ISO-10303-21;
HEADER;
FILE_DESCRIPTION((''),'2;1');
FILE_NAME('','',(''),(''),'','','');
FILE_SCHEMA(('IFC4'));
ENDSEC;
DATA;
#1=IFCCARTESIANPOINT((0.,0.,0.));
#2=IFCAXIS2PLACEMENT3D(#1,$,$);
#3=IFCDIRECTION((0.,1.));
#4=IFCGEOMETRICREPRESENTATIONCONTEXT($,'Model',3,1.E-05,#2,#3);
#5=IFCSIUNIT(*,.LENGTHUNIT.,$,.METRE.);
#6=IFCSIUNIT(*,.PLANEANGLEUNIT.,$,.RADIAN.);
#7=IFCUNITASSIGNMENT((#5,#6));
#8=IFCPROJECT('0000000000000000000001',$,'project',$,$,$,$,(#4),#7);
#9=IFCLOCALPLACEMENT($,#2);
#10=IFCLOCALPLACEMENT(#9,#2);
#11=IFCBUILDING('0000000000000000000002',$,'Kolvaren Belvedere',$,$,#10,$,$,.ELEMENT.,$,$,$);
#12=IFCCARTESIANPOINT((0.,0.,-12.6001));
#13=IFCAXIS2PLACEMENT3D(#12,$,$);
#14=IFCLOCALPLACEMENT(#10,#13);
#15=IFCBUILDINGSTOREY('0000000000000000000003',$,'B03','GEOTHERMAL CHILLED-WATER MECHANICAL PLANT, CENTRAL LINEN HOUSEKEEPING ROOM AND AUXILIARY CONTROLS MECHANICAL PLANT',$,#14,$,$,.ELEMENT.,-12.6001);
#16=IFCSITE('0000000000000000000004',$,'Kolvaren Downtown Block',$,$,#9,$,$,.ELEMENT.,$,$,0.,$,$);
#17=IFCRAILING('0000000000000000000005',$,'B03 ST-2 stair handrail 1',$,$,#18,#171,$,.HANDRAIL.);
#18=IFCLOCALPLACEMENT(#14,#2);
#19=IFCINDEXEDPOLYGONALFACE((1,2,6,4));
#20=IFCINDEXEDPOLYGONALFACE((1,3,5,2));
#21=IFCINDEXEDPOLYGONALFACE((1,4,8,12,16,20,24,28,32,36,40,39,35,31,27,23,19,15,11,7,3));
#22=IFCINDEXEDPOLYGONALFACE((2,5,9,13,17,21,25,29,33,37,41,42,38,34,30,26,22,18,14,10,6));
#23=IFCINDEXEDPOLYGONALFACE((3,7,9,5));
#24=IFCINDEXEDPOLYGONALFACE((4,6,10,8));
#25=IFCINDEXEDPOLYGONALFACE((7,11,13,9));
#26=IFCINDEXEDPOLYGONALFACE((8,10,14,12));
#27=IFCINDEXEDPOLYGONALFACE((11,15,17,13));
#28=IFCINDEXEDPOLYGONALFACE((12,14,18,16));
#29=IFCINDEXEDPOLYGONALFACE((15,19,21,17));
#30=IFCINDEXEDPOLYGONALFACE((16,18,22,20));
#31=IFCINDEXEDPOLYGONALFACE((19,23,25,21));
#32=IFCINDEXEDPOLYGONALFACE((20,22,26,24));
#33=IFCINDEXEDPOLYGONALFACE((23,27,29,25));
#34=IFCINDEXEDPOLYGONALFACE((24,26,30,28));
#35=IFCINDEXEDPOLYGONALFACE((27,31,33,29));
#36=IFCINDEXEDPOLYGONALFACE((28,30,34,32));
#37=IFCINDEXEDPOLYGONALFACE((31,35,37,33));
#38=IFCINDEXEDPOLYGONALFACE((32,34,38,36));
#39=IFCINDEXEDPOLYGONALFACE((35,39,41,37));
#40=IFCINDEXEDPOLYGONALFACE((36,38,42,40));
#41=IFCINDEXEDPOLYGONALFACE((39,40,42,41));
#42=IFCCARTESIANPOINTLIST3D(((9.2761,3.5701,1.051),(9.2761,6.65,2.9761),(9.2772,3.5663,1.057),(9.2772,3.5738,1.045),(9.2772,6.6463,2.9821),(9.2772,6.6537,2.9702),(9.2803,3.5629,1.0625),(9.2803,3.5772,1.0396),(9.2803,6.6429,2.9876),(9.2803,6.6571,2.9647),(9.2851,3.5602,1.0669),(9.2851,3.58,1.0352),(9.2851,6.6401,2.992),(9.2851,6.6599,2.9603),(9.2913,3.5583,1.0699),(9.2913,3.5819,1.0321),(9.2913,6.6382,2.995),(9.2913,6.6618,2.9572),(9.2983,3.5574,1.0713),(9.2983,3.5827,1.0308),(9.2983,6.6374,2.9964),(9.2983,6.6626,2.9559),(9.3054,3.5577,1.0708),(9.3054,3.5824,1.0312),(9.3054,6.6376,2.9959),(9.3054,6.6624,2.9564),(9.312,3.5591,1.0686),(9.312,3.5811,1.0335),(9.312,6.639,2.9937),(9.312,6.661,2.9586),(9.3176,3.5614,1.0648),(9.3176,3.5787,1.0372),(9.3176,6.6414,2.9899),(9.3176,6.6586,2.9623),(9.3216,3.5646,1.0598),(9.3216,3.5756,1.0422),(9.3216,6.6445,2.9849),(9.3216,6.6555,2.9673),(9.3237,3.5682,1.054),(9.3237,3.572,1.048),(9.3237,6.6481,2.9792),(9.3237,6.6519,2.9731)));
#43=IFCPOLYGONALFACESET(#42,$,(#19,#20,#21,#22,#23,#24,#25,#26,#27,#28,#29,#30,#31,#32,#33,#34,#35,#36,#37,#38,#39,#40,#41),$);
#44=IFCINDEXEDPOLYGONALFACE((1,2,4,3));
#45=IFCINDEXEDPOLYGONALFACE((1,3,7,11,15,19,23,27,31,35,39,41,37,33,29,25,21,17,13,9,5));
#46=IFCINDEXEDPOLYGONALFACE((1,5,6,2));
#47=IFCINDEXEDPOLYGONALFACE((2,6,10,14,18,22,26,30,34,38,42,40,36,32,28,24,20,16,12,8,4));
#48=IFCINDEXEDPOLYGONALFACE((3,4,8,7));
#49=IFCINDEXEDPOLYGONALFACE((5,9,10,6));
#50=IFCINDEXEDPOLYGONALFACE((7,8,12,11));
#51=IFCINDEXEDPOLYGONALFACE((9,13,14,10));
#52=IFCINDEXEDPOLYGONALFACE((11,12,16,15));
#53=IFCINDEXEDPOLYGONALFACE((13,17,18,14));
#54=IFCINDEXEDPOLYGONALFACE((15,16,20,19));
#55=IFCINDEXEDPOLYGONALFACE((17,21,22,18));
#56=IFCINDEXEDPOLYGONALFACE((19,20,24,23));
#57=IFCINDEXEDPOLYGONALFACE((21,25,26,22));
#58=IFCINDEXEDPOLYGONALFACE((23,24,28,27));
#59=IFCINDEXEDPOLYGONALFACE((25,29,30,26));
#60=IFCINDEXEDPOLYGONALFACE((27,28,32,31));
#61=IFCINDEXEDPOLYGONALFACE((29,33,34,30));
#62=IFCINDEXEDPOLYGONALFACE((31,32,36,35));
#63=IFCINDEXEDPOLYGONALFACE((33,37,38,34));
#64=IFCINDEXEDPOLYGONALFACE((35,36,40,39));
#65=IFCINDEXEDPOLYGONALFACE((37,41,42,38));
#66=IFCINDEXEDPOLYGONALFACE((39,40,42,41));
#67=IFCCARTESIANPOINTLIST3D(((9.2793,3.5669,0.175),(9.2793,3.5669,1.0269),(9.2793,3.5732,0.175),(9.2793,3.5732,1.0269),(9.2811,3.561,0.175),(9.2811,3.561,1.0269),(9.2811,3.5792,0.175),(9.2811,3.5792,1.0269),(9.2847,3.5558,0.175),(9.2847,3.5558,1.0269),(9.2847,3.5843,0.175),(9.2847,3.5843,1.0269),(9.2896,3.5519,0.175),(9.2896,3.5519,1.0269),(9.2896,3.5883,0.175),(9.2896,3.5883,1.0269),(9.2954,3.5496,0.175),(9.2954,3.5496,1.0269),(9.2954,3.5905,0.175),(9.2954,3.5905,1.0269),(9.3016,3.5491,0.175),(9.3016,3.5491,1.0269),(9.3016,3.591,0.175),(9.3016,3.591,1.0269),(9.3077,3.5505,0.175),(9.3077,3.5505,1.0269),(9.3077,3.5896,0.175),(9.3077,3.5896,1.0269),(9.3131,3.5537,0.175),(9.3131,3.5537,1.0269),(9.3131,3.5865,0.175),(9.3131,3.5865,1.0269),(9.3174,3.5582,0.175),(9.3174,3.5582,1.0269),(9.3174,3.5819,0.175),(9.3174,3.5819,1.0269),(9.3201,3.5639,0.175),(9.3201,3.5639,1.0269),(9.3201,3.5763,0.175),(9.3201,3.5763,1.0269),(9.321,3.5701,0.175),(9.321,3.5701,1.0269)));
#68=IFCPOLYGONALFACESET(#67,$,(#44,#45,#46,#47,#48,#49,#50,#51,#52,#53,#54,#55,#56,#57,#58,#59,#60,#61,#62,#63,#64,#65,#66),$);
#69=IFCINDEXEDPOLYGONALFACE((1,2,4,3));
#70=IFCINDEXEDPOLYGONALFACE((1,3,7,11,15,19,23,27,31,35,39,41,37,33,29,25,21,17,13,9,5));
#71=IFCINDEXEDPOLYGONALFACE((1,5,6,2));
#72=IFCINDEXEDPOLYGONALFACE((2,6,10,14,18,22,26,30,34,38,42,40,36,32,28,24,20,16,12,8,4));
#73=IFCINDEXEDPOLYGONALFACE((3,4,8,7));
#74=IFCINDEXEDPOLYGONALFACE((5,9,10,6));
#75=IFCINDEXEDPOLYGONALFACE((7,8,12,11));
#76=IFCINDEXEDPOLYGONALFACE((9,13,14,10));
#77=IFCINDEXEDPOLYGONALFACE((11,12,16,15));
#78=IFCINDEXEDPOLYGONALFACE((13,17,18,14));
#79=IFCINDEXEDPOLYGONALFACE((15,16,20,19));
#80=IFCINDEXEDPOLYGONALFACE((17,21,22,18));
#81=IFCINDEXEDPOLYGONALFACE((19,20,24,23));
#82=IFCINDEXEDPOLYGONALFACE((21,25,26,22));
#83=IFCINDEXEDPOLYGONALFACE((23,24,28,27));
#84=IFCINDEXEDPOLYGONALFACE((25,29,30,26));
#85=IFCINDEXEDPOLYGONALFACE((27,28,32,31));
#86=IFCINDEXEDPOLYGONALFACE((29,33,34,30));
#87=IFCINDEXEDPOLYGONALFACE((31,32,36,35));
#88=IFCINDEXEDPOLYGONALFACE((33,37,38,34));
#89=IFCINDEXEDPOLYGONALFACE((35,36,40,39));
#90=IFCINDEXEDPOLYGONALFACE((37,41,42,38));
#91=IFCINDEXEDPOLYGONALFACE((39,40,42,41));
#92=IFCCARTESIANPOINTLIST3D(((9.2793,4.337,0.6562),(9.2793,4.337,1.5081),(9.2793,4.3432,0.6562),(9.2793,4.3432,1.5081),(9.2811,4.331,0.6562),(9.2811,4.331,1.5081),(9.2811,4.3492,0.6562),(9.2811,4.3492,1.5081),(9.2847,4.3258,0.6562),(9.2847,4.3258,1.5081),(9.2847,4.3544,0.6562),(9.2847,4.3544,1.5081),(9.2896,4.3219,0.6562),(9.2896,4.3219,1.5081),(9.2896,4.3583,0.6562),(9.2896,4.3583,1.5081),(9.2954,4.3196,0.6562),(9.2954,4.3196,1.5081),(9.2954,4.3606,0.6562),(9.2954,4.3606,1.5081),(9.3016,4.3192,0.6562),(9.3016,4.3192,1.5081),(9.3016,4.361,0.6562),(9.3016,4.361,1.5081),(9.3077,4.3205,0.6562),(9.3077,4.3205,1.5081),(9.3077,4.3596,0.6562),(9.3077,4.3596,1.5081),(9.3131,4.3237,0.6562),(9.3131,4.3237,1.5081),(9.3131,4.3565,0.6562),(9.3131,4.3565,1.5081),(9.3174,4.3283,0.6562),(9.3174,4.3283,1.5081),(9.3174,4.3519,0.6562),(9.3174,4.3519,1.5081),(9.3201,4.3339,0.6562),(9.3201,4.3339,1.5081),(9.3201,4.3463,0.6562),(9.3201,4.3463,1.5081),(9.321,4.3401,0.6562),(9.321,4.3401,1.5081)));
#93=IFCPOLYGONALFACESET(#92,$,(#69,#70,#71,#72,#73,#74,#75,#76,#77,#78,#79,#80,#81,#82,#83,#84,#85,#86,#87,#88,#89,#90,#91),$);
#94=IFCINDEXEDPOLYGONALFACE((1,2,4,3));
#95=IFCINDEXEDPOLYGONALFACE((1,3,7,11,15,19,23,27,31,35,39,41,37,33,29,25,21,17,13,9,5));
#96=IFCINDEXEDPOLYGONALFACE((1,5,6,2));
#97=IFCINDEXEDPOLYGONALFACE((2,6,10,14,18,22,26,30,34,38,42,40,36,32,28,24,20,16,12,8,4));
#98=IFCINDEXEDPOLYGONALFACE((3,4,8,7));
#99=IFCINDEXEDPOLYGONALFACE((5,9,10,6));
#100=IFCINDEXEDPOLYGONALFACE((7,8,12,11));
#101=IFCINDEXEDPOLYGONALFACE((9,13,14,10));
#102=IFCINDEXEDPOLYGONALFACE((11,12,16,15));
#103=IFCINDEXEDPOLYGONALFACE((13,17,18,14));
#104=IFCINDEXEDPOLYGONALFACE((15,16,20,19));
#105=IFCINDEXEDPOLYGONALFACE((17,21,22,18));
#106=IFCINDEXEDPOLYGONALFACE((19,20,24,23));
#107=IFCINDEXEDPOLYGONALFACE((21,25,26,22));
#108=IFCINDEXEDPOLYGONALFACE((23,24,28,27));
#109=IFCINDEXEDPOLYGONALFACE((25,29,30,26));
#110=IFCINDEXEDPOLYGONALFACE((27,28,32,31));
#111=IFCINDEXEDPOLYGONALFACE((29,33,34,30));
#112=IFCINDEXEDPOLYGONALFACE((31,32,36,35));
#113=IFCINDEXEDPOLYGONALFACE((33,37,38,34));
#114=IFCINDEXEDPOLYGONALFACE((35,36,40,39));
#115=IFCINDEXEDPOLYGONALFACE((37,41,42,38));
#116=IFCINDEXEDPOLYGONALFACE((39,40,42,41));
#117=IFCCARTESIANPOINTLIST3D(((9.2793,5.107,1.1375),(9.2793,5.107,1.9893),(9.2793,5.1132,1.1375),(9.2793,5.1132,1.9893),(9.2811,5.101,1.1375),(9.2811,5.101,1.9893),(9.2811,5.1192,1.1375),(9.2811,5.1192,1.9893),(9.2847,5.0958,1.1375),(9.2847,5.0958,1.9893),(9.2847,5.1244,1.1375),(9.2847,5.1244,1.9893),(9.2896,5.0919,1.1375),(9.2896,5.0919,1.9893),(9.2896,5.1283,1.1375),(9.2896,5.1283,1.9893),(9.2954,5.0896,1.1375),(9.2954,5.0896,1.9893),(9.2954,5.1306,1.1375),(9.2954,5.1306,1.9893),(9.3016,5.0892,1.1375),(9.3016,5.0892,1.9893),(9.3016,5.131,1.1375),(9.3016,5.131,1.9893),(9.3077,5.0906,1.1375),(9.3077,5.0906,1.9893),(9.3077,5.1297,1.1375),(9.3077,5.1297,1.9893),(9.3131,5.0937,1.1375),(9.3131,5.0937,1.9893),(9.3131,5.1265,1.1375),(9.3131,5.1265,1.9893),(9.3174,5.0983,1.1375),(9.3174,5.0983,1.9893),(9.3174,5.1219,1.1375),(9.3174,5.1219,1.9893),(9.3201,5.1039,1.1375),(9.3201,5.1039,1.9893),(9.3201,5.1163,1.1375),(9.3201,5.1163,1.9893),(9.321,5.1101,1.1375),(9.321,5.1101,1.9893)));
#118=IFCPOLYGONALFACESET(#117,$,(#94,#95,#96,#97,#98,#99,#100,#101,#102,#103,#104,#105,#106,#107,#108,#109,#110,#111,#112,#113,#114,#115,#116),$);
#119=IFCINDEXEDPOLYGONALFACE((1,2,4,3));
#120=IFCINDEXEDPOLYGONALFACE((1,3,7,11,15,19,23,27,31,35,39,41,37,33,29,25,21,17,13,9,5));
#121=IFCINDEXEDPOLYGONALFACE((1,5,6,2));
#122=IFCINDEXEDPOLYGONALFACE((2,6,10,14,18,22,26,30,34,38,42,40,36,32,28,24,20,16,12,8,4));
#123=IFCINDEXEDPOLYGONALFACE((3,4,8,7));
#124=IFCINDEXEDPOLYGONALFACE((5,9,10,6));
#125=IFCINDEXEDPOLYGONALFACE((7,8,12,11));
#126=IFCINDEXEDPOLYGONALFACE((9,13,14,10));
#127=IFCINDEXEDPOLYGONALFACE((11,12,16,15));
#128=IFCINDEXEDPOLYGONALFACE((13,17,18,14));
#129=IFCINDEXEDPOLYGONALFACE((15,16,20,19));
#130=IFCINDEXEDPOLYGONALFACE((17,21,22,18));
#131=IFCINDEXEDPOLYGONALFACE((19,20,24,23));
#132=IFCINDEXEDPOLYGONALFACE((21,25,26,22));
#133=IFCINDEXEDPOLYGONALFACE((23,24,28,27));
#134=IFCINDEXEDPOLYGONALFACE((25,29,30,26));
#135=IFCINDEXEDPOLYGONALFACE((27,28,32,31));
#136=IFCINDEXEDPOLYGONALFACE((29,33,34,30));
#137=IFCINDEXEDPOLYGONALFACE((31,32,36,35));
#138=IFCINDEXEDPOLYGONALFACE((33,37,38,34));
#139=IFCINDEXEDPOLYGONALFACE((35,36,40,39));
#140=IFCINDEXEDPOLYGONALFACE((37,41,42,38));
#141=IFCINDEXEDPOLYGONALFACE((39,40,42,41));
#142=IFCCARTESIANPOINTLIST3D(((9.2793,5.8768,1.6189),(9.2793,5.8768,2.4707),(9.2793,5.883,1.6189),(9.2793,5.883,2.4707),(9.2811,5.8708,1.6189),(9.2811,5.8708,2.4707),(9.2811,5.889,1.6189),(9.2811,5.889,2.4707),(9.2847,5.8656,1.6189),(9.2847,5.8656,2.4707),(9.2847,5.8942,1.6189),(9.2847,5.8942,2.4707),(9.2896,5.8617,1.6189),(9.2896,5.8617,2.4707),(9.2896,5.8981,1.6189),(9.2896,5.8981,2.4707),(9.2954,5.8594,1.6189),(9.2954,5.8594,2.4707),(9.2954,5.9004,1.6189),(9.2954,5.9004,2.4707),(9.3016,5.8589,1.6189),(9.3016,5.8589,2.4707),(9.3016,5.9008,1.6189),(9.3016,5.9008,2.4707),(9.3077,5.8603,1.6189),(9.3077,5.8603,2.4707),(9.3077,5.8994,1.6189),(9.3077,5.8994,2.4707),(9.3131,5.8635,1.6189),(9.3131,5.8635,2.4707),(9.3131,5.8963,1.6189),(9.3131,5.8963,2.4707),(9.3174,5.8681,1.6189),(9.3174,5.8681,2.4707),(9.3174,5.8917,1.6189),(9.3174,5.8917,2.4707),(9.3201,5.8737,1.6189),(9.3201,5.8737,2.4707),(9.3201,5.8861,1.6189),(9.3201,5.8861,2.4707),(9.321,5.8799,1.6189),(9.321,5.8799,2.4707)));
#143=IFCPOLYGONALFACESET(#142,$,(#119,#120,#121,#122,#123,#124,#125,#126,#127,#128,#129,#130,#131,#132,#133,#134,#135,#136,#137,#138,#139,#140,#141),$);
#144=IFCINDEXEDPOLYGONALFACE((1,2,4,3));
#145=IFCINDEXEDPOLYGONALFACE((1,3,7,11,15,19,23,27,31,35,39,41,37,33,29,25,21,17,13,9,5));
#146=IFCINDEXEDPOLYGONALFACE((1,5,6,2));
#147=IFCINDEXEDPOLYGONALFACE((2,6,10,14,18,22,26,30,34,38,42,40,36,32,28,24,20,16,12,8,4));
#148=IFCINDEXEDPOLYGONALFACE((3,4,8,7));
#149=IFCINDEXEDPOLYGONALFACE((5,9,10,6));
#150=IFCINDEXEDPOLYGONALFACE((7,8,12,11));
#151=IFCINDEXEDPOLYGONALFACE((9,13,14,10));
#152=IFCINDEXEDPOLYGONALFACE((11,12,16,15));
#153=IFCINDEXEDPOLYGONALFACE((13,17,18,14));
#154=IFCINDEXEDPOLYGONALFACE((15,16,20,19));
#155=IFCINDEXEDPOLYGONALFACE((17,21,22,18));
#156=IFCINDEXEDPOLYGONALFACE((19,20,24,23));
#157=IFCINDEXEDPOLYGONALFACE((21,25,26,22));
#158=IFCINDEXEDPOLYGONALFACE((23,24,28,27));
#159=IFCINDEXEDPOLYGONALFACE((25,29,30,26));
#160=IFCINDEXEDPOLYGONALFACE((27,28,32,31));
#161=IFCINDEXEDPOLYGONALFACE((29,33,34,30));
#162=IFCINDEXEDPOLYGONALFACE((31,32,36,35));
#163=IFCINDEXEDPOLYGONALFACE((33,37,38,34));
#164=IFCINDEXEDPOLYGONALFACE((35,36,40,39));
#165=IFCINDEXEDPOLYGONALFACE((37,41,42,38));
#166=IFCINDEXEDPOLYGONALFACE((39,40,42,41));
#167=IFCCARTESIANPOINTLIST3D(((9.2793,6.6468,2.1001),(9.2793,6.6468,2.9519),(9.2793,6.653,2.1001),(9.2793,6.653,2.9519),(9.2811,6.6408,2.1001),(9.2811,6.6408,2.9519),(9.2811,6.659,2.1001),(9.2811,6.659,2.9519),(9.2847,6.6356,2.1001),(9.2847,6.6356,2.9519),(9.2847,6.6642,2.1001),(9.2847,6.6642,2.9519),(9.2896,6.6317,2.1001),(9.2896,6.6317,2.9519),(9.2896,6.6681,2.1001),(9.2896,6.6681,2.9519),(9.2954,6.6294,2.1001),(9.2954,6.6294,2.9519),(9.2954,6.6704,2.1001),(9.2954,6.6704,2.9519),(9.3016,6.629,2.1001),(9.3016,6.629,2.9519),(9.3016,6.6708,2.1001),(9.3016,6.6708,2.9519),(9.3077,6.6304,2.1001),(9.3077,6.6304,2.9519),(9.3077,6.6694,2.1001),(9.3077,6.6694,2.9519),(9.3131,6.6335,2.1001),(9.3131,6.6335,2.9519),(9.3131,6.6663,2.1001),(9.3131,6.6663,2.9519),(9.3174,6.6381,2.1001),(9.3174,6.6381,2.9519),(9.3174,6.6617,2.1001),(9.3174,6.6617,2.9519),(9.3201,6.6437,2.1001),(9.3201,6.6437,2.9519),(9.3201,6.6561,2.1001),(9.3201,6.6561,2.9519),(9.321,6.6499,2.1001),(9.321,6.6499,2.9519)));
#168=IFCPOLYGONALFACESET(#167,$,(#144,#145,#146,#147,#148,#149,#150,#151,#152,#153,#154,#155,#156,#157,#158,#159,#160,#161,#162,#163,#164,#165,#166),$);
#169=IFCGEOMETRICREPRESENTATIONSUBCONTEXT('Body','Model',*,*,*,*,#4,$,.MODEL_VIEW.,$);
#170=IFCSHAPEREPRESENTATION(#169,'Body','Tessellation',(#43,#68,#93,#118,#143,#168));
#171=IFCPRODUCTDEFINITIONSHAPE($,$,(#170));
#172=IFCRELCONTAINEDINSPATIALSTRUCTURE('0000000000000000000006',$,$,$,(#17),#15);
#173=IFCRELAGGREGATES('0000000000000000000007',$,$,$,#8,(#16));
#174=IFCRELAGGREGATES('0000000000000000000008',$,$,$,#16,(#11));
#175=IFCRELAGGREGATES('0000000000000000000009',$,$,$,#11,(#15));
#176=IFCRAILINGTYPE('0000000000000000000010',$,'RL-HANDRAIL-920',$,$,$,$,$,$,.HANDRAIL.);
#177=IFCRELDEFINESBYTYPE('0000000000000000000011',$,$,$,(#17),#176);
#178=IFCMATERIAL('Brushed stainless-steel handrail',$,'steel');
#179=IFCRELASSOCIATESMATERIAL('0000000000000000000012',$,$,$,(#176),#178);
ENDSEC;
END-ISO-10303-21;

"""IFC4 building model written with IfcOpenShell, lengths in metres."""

from ifc_helpers import new_model, si_unit, direction, frame, origin, origin_2d, place, context, subcontext, project, spatial, circle, extrude, material, type_object, element, save


model = new_model("IFC4")

# Units and contexts
model_context = context("Model", 3, precision=1e-05, world=origin(), true_north=direction((0.0, 1.0)))
body_context = subcontext(model_context, "Body", "Model", "MODEL_VIEW")
ifc_project = project(units=[si_unit("LENGTHUNIT", "METRE"), si_unit("PLANEANGLEUNIT", "RADIAN")], contexts=[model_context])

# Site, building, storey
site_placement = place(None, origin())
site = spatial("IfcSite", under=ifc_project, at=site_placement, Name="Kolvaren Downtown Block", CompositionType="ELEMENT", RefElevation=0.0)
building_placement = place(site_placement, origin())
building = spatial("IfcBuilding", under=site, at=building_placement, Name="Kolvaren Belvedere", CompositionType="ELEMENT")
storey_placement = place(building_placement, frame((0.0, 0.0, -12.6001)))
storey = spatial("IfcBuildingStorey", under=building, at=storey_placement, Name="B03", Description="GEOTHERMAL CHILLED-WATER MECHANICAL PLANT, CENTRAL LINEN HOUSEKEEPING ROOM AND AUXILIARY CONTROLS MECHANICAL PLANT", CompositionType="ELEMENT", Elevation=-12.6001)

# Railing
ifc_material_1 = material(Name="Brushed stainless-steel handrail", Category="steel")
railing_type_1 = type_object("IfcRailingType", Name="RL-HANDRAIL-920", PredefinedType="HANDRAIL", material=ifc_material_1)
railing_1_placement = place(storey_placement, frame((9.3, 3.5701, 0.175)))
element("IfcRailing", 1, at=railing_1_placement, inside=storey, type_object=railing_type_1, Name="B03 ST-2 stair handrail 1", PredefinedType="HANDRAIL", context=body_context, shape_type="SweptSolid", body=[
    extrude(circle(Radius=0.0239, at=origin_2d()), frame((0.0, 0.0, 0.876), z_axis=(0.0, 0.847979, 0.530029), x_axis=(-1.0, 0.0, 0.0)), (0.0, 0.0, 1.0), 3.6321),
    extrude(circle(Radius=0.021, at=origin_2d()), origin(), (0.0, 0.0, 1.0), 0.8518),
    extrude(circle(Radius=0.021, at=origin_2d()), frame((0.0, 0.77, 0.4812)), (0.0, 0.0, 1.0), 0.8518),
    extrude(circle(Radius=0.021, at=origin_2d()), frame((0.0, 1.54, 0.9624)), (0.0, 0.0, 1.0), 0.8518),
    extrude(circle(Radius=0.021, at=origin_2d()), frame((0.0, 2.3098, 1.4438)), (0.0, 0.0, 1.0), 0.8518),
    extrude(circle(Radius=0.021, at=origin_2d()), frame((0.0, 3.0798, 1.925)), (0.0, 0.0, 1.0), 0.8518),
])

save(model, "model.ifc")
